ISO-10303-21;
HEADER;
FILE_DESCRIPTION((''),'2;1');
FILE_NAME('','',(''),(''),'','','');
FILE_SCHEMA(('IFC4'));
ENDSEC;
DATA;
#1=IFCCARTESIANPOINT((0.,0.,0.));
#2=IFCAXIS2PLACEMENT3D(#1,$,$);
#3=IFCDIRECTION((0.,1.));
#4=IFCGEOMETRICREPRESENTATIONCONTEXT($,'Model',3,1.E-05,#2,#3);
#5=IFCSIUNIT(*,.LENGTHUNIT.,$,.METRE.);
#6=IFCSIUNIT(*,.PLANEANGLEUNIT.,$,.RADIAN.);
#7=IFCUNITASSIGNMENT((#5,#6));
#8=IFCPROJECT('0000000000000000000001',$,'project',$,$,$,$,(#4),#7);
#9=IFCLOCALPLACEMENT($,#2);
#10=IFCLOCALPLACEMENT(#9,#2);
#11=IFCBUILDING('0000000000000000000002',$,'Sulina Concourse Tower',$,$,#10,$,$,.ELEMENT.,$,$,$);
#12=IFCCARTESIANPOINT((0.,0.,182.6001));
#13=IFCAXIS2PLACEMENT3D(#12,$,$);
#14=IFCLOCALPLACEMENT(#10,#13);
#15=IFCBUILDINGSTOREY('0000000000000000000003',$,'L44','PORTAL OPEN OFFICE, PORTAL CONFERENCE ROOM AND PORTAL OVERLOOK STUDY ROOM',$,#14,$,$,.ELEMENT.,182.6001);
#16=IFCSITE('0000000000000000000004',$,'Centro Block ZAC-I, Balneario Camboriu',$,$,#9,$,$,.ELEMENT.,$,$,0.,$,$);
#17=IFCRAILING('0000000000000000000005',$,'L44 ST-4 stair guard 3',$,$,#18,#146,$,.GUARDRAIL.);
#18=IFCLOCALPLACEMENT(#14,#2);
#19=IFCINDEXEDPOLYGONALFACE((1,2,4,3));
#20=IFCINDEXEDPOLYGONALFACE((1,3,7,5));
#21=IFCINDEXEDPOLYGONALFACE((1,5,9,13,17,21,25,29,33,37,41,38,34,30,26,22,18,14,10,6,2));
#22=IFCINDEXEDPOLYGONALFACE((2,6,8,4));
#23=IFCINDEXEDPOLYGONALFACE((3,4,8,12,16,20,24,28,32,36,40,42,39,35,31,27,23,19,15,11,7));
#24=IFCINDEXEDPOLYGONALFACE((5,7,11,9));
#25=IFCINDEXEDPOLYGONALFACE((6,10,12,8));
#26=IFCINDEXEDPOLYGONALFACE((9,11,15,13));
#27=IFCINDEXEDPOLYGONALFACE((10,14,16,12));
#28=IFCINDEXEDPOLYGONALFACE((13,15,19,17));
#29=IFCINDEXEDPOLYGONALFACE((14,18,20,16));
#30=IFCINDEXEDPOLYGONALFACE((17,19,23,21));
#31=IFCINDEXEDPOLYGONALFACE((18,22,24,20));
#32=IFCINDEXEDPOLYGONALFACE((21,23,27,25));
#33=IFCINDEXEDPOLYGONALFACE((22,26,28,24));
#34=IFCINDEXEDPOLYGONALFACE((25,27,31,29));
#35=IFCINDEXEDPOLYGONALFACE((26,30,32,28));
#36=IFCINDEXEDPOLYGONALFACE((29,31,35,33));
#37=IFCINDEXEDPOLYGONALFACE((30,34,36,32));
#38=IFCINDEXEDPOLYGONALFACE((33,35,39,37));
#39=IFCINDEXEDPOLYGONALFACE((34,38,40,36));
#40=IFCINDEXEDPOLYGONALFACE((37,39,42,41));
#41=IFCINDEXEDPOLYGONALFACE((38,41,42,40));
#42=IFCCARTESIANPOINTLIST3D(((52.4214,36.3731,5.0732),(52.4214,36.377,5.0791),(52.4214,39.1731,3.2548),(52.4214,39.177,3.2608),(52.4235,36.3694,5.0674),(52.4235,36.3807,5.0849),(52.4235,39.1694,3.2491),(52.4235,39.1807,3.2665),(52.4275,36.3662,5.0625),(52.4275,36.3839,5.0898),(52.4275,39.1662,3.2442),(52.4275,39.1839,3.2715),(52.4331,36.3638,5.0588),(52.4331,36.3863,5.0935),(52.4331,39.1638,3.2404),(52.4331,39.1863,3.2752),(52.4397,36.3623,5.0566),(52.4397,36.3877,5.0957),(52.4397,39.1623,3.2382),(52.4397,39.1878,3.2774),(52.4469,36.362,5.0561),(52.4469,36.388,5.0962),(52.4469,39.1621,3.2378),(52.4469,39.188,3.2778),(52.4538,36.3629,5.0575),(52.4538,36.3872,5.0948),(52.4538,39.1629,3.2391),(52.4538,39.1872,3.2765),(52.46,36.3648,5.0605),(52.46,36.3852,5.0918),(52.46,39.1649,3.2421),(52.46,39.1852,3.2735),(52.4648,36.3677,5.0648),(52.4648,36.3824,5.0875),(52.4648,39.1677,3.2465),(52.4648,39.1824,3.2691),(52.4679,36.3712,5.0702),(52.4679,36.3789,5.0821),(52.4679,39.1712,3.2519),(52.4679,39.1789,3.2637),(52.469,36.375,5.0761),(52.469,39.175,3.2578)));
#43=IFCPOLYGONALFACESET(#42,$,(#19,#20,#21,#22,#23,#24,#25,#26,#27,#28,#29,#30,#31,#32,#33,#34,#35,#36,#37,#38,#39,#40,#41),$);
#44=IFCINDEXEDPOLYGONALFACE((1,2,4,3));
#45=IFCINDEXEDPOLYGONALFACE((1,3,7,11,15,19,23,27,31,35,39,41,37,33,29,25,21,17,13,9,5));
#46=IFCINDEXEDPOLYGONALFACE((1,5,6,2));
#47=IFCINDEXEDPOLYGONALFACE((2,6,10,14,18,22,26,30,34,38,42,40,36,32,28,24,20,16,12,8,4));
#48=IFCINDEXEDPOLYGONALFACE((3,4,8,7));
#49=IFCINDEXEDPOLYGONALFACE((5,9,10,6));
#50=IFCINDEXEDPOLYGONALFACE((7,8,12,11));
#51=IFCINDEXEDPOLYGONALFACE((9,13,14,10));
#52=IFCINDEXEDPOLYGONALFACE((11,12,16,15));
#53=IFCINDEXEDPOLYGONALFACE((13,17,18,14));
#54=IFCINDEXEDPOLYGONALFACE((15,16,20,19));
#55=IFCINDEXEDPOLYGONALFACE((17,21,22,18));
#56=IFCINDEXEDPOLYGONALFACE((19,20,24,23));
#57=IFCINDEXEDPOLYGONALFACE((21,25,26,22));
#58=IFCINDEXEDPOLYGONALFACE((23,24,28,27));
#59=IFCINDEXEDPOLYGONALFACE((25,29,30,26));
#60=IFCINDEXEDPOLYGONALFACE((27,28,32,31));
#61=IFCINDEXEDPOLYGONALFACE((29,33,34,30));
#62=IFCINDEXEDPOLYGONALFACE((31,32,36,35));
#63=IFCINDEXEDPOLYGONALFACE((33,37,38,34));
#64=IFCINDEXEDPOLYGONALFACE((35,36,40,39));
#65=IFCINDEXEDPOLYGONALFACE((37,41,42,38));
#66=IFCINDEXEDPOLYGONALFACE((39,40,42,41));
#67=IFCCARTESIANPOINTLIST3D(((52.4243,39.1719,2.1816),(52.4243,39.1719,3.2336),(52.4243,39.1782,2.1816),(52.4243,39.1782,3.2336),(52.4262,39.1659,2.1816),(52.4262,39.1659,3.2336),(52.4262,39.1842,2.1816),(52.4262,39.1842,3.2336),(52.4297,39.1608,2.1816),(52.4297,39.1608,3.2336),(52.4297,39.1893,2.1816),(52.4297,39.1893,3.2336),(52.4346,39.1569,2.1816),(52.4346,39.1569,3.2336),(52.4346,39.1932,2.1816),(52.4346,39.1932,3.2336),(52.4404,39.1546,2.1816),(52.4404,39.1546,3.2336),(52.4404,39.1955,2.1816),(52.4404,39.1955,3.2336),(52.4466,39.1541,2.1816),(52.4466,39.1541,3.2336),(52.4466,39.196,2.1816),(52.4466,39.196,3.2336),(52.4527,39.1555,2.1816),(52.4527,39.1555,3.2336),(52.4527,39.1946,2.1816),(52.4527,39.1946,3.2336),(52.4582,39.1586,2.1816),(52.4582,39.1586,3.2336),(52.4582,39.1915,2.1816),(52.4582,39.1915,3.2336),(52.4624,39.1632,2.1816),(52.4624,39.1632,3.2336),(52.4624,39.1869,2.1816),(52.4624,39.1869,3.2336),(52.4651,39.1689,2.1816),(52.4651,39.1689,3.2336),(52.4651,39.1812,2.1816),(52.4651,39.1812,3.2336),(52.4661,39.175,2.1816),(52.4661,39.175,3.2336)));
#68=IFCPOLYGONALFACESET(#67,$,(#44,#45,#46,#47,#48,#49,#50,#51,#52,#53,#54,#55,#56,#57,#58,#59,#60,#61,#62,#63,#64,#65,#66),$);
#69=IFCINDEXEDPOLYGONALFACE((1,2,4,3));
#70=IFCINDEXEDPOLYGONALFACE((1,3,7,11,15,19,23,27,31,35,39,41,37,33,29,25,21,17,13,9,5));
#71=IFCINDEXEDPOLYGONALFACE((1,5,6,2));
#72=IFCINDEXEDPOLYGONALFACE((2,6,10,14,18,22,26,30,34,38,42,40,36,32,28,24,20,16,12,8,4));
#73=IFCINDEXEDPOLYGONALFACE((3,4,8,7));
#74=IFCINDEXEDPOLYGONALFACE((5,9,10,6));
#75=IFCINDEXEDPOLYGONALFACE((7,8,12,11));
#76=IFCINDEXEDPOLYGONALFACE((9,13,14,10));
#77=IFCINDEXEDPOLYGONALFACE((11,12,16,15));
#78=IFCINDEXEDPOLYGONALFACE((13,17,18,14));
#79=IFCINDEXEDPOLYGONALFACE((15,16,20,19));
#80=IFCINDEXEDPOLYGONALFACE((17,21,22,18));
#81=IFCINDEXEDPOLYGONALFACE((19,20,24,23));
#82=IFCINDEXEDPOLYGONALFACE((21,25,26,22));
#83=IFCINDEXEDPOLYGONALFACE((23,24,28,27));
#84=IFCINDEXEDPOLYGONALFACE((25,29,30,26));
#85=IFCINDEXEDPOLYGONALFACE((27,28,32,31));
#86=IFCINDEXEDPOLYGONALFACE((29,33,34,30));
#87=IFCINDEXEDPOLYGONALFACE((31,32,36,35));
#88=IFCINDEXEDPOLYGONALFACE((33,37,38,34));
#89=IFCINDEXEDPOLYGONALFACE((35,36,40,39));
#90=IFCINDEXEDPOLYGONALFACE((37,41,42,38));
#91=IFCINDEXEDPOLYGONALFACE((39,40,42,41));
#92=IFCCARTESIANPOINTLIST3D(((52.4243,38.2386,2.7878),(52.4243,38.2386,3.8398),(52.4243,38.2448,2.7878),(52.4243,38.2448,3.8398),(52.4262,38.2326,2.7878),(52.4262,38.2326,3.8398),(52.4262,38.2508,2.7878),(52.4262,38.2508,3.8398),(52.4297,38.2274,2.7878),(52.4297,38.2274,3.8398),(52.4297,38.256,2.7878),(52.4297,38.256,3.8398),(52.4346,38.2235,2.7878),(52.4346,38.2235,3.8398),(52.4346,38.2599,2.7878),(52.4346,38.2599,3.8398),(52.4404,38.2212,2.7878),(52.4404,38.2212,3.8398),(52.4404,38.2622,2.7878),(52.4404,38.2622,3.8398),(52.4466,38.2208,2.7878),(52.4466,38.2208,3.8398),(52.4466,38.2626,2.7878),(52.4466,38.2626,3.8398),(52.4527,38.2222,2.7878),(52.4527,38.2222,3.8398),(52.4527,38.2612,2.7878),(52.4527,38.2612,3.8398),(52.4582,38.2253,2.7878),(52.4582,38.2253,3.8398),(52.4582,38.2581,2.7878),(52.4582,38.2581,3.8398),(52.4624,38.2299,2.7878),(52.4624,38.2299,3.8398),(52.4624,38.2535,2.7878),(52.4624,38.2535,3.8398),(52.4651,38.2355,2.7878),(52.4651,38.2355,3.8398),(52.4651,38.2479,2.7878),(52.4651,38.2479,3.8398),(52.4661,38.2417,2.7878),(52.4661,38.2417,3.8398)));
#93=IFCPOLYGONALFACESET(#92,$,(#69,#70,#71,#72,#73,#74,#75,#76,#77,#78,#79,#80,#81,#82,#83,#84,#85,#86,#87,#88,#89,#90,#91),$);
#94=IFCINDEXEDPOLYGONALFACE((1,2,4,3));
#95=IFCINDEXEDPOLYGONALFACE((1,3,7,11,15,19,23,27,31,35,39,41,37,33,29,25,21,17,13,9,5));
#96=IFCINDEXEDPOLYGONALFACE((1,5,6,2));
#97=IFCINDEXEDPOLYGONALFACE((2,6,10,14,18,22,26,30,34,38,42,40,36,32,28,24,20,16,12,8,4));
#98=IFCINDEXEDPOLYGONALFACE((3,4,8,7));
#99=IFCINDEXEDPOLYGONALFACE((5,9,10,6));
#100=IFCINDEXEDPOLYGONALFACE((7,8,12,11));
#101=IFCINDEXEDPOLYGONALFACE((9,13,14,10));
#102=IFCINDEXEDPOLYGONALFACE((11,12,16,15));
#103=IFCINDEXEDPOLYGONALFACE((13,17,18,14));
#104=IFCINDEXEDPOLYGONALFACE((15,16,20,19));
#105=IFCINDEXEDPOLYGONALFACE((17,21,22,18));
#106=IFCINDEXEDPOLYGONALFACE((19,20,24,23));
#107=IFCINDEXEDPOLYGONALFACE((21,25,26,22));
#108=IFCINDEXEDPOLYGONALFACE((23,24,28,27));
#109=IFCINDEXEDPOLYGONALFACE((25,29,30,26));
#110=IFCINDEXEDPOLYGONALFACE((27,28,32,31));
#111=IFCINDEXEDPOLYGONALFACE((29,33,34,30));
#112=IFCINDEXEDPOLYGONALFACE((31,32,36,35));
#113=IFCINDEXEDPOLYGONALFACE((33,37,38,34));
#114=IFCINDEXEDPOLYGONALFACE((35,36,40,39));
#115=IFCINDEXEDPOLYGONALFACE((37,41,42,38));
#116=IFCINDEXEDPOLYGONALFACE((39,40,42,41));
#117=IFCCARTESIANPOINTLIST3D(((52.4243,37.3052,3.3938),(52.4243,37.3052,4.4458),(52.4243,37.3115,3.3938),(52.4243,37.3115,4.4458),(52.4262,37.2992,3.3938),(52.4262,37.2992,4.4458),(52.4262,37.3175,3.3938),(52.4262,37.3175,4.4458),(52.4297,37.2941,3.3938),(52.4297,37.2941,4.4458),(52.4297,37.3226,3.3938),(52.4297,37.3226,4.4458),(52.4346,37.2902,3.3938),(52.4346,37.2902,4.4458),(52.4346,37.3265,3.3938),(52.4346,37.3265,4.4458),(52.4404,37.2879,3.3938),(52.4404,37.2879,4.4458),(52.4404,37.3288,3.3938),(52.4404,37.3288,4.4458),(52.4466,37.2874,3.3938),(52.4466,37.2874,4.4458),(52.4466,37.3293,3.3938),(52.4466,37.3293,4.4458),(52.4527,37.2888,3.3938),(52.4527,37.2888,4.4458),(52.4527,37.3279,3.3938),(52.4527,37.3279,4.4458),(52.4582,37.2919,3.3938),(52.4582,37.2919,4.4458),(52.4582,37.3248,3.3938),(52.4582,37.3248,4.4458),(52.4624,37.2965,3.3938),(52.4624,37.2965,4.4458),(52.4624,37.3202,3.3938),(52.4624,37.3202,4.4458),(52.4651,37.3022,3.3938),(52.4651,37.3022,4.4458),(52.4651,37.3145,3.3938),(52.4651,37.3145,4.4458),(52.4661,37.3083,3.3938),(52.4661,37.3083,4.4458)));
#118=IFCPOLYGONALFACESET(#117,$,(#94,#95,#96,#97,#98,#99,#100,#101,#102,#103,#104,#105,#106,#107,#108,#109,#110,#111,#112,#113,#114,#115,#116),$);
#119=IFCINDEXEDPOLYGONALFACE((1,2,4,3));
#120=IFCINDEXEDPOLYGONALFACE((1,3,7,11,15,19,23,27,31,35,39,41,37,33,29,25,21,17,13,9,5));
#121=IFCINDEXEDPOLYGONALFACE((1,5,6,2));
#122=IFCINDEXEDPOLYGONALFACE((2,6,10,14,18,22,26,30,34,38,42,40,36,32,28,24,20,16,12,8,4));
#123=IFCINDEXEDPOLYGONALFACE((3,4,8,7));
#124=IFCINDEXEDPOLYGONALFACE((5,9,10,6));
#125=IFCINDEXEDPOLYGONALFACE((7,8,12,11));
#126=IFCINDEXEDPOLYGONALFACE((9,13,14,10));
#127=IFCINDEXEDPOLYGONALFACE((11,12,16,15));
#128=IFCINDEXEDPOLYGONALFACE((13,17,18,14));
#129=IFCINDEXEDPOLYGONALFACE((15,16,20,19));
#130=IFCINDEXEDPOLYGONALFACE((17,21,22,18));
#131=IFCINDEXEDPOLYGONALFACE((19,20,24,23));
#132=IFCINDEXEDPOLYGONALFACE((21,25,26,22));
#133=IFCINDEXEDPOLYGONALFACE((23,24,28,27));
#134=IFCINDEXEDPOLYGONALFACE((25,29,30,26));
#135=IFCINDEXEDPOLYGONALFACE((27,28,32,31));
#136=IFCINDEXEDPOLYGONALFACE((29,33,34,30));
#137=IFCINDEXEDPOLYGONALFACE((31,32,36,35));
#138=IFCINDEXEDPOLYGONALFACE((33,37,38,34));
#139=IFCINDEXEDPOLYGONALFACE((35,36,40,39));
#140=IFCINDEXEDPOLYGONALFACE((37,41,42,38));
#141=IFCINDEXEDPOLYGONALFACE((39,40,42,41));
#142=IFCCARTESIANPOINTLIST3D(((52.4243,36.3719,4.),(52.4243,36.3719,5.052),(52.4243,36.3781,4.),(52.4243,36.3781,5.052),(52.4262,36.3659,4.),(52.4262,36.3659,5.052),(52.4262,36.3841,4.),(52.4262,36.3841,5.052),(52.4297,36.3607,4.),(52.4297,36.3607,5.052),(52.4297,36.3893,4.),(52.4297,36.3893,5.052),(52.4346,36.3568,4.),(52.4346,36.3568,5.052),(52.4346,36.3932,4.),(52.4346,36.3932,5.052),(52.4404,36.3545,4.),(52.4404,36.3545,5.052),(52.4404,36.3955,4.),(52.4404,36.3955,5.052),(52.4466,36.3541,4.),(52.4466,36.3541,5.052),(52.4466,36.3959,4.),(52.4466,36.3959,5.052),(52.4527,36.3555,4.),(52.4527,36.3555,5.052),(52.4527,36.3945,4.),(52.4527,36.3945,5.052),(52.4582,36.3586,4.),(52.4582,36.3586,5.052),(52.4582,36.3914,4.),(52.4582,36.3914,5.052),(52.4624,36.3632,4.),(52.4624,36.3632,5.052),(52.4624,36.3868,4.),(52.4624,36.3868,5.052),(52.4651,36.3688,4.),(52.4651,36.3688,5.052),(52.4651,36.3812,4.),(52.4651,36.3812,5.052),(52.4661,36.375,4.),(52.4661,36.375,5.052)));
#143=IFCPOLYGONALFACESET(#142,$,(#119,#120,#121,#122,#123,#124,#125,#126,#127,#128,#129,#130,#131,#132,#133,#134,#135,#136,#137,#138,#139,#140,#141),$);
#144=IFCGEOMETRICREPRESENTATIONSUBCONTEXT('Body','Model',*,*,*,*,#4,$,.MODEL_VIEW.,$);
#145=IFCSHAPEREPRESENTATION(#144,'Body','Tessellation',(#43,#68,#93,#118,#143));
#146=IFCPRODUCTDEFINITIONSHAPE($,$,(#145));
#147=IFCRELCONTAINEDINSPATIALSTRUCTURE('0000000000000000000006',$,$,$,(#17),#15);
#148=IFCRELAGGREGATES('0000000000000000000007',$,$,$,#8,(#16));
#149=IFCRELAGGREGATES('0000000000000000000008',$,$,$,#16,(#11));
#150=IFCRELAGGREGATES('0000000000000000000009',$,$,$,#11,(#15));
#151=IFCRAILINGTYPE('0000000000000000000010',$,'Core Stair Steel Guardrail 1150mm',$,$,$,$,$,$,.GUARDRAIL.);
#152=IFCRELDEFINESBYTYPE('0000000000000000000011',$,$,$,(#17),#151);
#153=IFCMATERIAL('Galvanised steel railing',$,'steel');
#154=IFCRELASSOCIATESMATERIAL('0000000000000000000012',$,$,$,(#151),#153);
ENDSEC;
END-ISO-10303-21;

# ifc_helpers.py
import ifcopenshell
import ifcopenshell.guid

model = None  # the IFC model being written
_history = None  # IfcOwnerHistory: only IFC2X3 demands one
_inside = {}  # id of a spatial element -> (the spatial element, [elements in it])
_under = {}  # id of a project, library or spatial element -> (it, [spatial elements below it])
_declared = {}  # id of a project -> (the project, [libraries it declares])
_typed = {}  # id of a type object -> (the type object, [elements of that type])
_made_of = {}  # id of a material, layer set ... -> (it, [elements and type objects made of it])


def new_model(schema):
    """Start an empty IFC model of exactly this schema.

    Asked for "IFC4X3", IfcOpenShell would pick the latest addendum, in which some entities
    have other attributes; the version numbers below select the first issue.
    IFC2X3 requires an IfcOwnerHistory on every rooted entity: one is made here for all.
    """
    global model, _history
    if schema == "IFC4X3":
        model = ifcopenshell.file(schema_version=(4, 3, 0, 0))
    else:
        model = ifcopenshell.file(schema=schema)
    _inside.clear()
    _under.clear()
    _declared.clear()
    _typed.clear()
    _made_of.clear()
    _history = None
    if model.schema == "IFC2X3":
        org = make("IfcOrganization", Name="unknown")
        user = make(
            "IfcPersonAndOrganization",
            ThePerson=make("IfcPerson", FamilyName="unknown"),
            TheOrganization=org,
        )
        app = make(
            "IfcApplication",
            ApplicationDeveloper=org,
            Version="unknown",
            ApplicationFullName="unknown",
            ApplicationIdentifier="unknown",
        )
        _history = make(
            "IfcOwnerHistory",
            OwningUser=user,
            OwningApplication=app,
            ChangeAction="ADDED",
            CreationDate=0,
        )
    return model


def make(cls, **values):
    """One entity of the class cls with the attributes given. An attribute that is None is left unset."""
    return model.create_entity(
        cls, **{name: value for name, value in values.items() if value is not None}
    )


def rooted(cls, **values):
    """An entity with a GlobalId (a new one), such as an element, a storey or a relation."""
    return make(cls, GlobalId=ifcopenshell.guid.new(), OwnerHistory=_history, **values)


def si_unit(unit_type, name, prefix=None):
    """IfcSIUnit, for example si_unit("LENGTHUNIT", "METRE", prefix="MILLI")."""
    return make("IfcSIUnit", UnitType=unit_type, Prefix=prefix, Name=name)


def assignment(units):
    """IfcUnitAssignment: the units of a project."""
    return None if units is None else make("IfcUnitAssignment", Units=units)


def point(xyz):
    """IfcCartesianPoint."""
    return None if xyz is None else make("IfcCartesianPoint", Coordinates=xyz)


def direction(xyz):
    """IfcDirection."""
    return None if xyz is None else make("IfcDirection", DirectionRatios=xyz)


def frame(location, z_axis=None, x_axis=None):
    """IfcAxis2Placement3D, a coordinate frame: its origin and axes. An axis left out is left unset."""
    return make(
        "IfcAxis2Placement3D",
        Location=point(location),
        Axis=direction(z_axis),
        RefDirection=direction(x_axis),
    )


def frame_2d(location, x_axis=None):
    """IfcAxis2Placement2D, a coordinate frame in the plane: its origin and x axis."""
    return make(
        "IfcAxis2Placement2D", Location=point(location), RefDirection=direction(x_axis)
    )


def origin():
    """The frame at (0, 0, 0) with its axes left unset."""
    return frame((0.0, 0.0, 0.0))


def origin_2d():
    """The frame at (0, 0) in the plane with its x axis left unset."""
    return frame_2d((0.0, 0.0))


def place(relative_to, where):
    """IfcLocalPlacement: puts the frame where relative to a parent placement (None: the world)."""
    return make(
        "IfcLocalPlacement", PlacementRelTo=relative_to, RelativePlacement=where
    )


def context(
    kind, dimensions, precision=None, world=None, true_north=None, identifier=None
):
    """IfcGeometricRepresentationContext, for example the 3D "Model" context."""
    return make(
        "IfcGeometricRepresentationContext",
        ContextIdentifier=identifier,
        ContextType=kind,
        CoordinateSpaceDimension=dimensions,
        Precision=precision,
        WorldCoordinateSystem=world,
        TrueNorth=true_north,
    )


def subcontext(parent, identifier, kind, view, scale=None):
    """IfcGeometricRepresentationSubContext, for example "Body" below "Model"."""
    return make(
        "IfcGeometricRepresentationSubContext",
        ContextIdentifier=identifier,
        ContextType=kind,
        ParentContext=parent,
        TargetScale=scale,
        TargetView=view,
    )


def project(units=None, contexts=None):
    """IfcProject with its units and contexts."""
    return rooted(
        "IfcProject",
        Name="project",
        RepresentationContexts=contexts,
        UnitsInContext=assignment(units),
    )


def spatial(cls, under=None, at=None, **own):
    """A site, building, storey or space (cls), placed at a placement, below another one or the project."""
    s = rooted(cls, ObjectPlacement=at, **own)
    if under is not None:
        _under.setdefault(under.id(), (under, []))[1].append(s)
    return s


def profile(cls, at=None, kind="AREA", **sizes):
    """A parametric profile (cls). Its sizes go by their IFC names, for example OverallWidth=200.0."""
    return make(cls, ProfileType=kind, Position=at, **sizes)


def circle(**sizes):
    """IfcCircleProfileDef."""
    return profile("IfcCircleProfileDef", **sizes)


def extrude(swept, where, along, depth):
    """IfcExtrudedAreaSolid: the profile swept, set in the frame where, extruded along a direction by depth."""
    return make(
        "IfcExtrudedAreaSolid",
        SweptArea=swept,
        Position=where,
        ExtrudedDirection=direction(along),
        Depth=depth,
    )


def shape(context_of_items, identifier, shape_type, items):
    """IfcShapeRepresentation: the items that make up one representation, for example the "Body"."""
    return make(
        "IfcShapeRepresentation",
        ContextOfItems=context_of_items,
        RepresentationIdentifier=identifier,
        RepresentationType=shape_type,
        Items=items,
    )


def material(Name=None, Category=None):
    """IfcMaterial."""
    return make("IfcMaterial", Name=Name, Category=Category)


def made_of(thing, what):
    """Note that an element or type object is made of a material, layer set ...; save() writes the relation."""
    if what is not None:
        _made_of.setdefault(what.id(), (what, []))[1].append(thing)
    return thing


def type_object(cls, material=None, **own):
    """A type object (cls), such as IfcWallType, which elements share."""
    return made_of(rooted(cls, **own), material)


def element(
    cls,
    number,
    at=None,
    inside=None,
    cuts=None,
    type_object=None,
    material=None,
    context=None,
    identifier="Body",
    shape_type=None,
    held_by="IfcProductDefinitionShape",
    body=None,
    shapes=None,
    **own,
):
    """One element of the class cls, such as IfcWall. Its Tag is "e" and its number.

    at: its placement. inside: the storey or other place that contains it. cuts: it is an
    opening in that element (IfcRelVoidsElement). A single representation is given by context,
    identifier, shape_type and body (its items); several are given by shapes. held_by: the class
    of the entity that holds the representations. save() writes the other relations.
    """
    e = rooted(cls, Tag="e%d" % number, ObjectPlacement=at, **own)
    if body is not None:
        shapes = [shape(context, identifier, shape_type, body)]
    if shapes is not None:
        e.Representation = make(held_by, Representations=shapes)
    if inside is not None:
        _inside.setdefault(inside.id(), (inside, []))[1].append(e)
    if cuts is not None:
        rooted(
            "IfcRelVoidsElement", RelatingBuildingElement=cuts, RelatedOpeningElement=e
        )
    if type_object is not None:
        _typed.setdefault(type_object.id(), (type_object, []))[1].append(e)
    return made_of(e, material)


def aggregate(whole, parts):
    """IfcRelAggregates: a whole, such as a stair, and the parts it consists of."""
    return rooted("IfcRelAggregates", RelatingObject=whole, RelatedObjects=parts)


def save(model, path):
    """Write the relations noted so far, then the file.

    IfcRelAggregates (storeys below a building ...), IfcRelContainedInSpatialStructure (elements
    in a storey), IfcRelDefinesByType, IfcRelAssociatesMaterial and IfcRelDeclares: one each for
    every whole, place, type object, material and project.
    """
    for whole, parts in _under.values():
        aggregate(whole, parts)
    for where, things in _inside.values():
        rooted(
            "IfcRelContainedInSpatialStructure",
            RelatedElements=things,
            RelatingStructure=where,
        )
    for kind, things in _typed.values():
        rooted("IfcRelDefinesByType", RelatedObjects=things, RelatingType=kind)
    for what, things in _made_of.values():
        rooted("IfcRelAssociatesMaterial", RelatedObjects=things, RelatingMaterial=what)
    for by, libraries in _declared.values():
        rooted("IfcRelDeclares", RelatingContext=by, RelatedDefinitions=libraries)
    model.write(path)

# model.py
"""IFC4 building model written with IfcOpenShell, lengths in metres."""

from ifc_helpers import new_model, si_unit, direction, frame, origin, origin_2d, place, context, subcontext, project, spatial, circle, extrude, material, type_object, element, save


model = new_model("IFC4")

# Units and contexts
model_context = context("Model", 3, precision=1e-05, world=origin(), true_north=direction((0.0, 1.0)))
body_context = subcontext(model_context, "Body", "Model", "MODEL_VIEW")
ifc_project = project(units=[si_unit("LENGTHUNIT", "METRE"), si_unit("PLANEANGLEUNIT", "RADIAN")], contexts=[model_context])

# Site, building, storey
site_placement = place(None, origin())
site = spatial("IfcSite", under=ifc_project, at=site_placement, Name="Centro Block ZAC-I, Balneario Camboriu", CompositionType="ELEMENT", RefElevation=0.0)
building_placement = place(site_placement, origin())
building = spatial("IfcBuilding", under=site, at=building_placement, Name="Sulina Concourse Tower", CompositionType="ELEMENT")
storey_placement = place(building_placement, frame((0.0, 0.0, 182.6001)))
storey = spatial("IfcBuildingStorey", under=building, at=storey_placement, Name="L44", Description="PORTAL OPEN OFFICE, PORTAL CONFERENCE ROOM AND PORTAL OVERLOOK STUDY ROOM", CompositionType="ELEMENT", Elevation=182.6001)

# Railing
ifc_material_1 = material(Name="Galvanised steel railing", Category="steel")
railing_type_1 = type_object("IfcRailingType", Name="Core Stair Steel Guardrail 1150mm", PredefinedType="GUARDRAIL", material=ifc_material_1)
railing_1_placement = place(storey_placement, frame((52.4451, 39.175, 2.1816)))
element("IfcRailing", 1, at=railing_1_placement, inside=storey, type_object=railing_type_1, Name="L44 ST-4 stair guard 3", PredefinedType="GUARDRAIL", context=body_context, shape_type="SweptSolid", body=[
    extrude(circle(Radius=0.0239, at=origin_2d()), frame((0.0, 0.0, 1.0762), z_axis=(0.0, -0.838672, 0.544636), x_axis=(1.0, 0.0, 0.0)), (0.0, 0.0, 1.0), 3.3386),
    extrude(circle(Radius=0.021, at=origin_2d()), origin(), (0.0, 0.0, 1.0), 1.052),
    extrude(circle(Radius=0.021, at=origin_2d()), frame((0.0, -0.9333, 0.6062)), (0.0, 0.0, 1.0), 1.052),
    extrude(circle(Radius=0.021, at=origin_2d()), frame((0.0, -1.8667, 1.2122)), (0.0, 0.0, 1.0), 1.052),
    extrude(circle(Radius=0.021, at=origin_2d()), frame((0.0, -2.8, 1.8184)), (0.0, 0.0, 1.0), 1.052),
])

save(model, "model.ifc")
